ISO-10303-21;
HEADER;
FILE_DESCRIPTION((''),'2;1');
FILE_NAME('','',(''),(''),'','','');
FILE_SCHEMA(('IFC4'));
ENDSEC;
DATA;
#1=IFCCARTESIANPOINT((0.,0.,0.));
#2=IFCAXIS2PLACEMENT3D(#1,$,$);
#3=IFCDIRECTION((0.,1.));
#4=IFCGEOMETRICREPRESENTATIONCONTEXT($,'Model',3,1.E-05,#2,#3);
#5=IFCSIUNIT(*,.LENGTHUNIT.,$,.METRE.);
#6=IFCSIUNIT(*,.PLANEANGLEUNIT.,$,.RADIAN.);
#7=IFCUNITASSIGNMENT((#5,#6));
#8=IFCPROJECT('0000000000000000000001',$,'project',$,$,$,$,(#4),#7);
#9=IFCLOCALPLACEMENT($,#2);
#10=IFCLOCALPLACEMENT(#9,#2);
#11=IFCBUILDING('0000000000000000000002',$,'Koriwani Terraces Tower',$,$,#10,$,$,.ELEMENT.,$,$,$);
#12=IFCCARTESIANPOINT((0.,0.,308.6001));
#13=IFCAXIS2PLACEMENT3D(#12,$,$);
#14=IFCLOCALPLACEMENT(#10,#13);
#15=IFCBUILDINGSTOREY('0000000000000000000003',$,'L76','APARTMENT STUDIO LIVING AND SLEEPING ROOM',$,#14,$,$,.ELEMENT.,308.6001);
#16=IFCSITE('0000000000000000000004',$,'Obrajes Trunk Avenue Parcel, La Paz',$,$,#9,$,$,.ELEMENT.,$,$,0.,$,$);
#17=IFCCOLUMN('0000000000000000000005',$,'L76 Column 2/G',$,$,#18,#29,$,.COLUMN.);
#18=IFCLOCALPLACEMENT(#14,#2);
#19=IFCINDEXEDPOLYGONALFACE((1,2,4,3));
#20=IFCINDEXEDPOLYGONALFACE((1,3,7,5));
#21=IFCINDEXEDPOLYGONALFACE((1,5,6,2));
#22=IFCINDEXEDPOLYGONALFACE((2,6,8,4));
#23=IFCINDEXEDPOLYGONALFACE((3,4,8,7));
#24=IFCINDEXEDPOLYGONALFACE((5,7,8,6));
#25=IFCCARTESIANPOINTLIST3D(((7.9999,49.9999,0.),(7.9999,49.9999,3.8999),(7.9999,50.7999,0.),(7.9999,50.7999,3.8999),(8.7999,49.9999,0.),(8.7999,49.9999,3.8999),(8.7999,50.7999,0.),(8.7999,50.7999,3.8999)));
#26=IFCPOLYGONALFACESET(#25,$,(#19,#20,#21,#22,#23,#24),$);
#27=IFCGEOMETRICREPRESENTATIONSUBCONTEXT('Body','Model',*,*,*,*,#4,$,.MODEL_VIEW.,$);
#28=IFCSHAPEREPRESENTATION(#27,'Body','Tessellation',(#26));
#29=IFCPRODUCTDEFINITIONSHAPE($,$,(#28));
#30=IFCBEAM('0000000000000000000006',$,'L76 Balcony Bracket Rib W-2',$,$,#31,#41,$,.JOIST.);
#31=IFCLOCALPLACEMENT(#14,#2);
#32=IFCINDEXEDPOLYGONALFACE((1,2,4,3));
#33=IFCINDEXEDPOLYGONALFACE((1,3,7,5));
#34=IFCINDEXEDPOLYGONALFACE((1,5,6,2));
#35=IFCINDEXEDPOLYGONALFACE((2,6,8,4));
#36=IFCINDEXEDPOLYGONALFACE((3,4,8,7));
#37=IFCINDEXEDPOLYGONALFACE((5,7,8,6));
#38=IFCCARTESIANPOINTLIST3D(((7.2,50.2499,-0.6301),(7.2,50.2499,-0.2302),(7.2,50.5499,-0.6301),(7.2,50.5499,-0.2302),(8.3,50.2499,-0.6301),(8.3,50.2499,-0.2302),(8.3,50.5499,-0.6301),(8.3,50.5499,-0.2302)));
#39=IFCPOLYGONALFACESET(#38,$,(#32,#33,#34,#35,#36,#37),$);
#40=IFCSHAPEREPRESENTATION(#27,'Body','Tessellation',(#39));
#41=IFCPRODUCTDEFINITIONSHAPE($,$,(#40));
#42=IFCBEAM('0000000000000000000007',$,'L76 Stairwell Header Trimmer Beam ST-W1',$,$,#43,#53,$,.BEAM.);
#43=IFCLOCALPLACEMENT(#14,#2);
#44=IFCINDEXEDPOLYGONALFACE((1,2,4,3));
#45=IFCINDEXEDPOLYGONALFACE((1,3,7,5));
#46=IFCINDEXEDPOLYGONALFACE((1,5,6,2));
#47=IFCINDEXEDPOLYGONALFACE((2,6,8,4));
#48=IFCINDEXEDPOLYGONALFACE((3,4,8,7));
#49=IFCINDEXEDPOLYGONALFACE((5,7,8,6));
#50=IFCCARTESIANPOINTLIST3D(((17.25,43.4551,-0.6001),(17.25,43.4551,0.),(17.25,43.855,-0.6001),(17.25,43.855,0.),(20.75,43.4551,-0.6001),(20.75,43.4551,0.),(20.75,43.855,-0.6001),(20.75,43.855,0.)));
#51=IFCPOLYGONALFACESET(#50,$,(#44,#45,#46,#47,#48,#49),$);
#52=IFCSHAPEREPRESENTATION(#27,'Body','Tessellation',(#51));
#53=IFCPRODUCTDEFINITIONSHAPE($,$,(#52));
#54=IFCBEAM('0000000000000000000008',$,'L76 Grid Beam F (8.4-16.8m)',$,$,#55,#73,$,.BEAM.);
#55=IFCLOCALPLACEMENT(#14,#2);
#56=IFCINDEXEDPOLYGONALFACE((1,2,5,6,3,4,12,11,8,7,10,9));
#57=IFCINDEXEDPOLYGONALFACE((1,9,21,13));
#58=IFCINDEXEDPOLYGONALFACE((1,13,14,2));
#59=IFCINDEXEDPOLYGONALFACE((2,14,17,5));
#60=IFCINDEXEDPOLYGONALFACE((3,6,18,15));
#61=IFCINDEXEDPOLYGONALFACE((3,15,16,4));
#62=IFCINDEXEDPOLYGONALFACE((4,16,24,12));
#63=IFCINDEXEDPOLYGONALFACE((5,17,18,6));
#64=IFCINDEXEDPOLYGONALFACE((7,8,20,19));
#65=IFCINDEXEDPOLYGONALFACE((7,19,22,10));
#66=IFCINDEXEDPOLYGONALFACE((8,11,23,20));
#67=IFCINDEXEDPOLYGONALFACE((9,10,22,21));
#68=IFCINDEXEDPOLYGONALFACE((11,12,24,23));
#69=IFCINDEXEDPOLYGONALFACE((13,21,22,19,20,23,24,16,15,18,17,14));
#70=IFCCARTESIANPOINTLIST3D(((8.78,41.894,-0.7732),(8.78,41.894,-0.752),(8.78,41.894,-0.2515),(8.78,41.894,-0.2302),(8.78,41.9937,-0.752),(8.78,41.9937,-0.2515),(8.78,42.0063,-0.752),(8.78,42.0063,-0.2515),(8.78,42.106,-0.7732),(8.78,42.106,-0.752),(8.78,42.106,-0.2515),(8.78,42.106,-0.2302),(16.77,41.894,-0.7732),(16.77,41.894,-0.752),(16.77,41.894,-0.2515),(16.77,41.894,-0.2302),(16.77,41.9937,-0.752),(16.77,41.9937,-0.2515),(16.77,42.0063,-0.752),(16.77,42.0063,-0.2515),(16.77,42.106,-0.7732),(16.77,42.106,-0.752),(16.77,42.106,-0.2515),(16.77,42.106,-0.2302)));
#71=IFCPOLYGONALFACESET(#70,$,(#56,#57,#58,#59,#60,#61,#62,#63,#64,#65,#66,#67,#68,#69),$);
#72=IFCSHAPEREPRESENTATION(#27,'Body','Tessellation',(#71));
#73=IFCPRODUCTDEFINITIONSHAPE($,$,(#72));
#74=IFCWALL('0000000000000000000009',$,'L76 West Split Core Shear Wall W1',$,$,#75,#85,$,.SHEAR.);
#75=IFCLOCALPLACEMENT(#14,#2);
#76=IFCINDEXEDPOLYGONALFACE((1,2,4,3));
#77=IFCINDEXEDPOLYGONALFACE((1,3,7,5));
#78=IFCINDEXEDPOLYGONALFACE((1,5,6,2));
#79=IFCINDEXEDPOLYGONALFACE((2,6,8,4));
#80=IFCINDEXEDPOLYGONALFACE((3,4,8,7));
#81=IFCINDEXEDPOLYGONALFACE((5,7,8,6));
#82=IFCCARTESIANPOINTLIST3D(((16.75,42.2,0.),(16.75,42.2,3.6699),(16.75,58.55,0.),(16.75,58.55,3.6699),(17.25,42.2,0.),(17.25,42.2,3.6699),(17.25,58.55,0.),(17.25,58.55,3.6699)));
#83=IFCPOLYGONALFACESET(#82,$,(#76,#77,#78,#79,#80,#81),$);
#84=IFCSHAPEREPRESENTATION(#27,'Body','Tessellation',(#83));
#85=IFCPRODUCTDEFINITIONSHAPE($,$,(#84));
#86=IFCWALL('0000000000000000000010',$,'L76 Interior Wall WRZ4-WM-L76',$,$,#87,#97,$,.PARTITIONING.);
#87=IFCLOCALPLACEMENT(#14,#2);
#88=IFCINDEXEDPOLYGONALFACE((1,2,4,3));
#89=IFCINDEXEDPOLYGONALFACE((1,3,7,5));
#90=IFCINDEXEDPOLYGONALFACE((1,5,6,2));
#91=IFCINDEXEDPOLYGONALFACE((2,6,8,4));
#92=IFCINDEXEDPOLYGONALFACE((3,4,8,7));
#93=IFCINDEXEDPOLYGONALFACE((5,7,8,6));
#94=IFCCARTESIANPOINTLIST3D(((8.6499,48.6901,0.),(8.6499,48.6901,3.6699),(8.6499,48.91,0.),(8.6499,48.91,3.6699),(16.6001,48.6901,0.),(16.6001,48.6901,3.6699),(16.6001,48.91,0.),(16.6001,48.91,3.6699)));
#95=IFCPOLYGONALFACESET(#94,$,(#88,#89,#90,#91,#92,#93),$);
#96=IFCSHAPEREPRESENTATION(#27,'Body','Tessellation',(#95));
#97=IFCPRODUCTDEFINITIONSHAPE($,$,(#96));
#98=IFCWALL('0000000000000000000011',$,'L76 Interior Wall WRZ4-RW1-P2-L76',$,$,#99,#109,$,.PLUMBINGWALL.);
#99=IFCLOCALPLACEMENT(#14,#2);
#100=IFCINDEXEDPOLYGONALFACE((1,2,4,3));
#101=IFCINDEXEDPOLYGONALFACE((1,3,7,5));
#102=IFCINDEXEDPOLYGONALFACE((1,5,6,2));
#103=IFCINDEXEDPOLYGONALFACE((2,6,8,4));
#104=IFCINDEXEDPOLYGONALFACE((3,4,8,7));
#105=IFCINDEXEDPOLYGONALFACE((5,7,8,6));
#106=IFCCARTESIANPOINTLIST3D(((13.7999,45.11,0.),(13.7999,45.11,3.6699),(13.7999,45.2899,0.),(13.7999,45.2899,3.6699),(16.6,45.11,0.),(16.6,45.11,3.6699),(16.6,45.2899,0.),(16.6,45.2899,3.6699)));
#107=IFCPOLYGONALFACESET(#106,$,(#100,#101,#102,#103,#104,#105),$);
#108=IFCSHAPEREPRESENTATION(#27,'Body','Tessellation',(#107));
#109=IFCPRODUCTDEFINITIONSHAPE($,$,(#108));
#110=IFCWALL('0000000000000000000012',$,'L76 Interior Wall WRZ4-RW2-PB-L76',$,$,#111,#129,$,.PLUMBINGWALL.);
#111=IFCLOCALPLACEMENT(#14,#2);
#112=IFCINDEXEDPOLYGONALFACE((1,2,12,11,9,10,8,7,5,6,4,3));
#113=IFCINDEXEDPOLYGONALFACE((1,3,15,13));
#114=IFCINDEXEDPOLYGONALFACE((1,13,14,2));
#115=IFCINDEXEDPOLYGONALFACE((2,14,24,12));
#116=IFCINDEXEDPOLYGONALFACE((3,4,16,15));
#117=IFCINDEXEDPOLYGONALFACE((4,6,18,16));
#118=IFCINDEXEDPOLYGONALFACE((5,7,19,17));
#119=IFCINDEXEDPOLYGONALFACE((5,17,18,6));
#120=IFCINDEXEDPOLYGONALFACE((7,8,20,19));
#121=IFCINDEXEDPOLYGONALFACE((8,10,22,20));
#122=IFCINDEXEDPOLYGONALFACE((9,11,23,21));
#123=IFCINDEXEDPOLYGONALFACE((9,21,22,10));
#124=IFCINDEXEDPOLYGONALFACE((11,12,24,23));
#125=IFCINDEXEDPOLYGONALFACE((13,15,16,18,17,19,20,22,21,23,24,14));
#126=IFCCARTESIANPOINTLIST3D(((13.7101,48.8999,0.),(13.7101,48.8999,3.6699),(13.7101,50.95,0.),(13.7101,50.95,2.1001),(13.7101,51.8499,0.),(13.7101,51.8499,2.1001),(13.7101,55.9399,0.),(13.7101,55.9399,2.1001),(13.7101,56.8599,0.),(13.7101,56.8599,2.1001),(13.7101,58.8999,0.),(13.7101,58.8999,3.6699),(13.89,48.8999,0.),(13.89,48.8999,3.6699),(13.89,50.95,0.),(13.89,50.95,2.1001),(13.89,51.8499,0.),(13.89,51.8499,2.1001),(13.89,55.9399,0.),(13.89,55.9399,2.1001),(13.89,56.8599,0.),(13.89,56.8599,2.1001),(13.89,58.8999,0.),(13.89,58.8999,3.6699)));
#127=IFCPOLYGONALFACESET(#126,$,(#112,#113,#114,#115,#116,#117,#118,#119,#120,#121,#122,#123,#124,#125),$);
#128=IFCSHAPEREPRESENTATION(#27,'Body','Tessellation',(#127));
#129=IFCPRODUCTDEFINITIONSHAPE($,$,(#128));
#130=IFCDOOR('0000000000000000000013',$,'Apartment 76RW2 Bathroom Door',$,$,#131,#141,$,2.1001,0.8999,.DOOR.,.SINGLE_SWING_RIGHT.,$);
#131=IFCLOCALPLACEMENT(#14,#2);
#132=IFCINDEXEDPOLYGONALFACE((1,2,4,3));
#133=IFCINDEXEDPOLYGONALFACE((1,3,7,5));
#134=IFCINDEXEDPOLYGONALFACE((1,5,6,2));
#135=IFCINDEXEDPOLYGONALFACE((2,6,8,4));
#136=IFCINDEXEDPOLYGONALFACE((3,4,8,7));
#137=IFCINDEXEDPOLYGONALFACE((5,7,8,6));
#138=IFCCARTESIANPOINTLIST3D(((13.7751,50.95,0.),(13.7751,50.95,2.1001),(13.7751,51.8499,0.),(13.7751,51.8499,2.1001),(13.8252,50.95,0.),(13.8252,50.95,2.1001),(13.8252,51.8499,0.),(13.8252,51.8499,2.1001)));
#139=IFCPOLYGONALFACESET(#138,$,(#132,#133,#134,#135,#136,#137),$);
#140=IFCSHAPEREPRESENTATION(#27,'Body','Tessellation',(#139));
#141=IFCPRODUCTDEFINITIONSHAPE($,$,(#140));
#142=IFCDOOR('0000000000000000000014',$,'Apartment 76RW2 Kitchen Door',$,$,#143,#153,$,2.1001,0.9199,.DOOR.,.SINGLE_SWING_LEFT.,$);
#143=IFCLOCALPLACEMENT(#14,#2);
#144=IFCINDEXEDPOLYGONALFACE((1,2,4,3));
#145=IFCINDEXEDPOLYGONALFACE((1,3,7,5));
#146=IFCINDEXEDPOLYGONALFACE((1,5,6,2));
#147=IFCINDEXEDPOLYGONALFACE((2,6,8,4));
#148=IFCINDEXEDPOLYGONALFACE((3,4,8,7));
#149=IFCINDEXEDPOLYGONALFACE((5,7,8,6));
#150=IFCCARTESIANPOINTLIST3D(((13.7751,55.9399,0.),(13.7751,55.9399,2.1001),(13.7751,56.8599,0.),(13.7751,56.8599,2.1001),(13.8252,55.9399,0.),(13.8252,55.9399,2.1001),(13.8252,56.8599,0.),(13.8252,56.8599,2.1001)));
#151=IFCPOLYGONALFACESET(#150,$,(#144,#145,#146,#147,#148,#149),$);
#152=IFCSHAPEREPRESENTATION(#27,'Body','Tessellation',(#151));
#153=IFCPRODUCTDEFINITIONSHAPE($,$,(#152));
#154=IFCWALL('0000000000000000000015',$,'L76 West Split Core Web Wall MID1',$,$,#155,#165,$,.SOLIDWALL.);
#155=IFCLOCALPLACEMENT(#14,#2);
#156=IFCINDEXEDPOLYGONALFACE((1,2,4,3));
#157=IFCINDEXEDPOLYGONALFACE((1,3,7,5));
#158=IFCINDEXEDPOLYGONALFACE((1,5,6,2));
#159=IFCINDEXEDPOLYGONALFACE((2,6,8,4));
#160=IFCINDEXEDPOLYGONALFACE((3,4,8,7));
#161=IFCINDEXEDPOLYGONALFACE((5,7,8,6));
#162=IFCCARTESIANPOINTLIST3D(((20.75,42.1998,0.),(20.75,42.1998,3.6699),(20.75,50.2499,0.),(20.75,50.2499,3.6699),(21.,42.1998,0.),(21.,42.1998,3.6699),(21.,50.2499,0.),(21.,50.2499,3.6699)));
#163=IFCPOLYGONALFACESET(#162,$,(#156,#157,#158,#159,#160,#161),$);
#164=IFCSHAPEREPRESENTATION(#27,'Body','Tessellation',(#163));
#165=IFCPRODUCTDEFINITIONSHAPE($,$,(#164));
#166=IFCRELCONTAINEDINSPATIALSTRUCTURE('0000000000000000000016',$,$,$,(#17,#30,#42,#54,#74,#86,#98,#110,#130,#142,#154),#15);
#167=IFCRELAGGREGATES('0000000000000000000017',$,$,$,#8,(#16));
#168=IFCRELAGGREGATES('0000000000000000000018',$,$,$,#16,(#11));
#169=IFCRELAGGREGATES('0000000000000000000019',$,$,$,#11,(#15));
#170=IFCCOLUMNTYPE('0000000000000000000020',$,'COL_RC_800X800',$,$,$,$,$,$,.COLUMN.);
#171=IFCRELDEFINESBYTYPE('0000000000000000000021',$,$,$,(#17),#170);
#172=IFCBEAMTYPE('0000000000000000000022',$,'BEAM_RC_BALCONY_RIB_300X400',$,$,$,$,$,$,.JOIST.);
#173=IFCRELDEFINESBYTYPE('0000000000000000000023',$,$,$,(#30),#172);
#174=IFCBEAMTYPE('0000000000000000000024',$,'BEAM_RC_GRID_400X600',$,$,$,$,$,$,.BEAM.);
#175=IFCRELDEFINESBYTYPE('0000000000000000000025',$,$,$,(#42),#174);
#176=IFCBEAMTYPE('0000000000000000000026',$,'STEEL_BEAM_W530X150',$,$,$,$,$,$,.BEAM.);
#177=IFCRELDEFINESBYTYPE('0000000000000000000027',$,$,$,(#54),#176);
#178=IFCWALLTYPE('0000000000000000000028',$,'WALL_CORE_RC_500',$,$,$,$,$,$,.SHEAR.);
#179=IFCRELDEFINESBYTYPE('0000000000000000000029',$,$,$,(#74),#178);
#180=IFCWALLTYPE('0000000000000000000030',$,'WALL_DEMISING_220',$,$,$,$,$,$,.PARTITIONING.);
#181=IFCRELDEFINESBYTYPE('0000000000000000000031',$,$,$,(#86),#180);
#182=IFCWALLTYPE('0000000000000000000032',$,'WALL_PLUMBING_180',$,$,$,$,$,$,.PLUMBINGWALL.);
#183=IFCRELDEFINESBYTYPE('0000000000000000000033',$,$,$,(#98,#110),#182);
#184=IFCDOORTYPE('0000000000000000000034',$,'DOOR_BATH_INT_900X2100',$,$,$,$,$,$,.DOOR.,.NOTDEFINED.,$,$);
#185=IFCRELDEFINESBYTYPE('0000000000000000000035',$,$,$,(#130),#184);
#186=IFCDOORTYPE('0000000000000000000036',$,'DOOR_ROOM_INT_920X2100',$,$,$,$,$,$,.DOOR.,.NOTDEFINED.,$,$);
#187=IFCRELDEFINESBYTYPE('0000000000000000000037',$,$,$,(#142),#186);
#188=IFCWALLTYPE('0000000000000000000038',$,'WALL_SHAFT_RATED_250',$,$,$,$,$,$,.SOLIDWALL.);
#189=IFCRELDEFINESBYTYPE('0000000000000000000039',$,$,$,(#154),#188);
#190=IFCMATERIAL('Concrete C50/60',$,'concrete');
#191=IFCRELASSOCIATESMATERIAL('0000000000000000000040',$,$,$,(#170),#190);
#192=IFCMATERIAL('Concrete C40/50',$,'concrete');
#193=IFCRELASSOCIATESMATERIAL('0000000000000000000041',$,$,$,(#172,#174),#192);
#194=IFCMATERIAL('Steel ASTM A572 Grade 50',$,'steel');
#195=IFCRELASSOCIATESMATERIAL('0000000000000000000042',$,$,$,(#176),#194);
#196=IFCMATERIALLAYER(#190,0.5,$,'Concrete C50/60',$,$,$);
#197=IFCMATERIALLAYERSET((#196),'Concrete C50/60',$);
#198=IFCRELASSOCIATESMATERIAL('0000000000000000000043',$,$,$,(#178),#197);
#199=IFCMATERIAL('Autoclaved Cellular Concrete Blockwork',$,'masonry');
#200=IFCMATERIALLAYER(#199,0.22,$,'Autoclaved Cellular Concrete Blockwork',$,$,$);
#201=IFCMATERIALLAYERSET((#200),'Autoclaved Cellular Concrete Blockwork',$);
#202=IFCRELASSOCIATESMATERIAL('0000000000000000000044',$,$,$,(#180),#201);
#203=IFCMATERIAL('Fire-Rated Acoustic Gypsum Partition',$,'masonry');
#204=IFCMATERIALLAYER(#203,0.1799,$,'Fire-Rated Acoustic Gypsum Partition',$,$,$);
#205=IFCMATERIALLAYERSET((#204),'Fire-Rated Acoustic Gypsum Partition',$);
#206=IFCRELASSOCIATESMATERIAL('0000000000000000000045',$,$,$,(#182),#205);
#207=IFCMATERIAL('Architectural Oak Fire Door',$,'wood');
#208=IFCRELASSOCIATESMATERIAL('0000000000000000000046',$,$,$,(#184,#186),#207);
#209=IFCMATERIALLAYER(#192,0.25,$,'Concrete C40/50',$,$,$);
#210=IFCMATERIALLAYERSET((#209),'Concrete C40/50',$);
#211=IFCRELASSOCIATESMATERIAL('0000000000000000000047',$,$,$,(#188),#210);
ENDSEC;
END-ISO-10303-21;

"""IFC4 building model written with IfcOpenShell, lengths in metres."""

from ifc_helpers import new_model, si_unit, direction, frame, frame_2d, origin, origin_2d, place, context, subcontext, project, spatial, rectangle, i_section, extrude, material, layer, layer_set, material_profile, profile_set, type_object, element, fill, save


model = new_model("IFC4")

# Units and contexts
model_context = context("Model", 3, precision=1e-05, world=origin(), true_north=direction((0.0, 1.0)))
body_context = subcontext(model_context, "Body", "Model", "MODEL_VIEW")
ifc_project = project(units=[si_unit("LENGTHUNIT", "METRE"), si_unit("PLANEANGLEUNIT", "RADIAN")], contexts=[model_context])

# Site, building, storey
site_placement = place(None, origin())
site = spatial("IfcSite", under=ifc_project, at=site_placement, Name="Obrajes Trunk Avenue Parcel, La Paz", CompositionType="ELEMENT", RefElevation=0.0)
building_placement = place(site_placement, origin())
building = spatial("IfcBuilding", under=site, at=building_placement, Name="Koriwani Terraces Tower", CompositionType="ELEMENT")
storey_placement = place(building_placement, frame((0.0, 0.0, 308.6001)))
storey = spatial("IfcBuildingStorey", under=building, at=storey_placement, Name="L76", Description="APARTMENT STUDIO LIVING AND SLEEPING ROOM", CompositionType="ELEMENT", Elevation=308.6001)

# Column
ifc_material_1 = material(Name="Concrete C50/60", Category="concrete")
ifc_material_profile_1 = material_profile(ifc_material_1, rectangle(XDim=0.8, YDim=0.8, at=origin_2d()), Name="Concrete C50/60", Category="LoadBearing")
ifc_profile_set_1 = profile_set([ifc_material_profile_1], Name="Concrete C50/60")
column_type = type_object("IfcColumnType", Name="COL_RC_800X800", PredefinedType="COLUMN", material=ifc_profile_set_1)
column_placement = place(storey_placement, frame((8.3999, 50.3999, 0.0), z_axis=(0.0, 0.0, 1.0), x_axis=(1.0, 0.0, 0.0)))
element("IfcColumn", 1, at=column_placement, inside=storey, type_object=column_type, Name="L76 Column 2/G", PredefinedType="COLUMN", context=body_context, shape_type="SweptSolid", body=[
    extrude(rectangle(XDim=0.8, YDim=0.8, at=origin_2d()), origin(), (0.0, 0.0, 1.0), 3.8999),
])

# Beams
ifc_material_2 = material(Name="Concrete C40/50", Category="concrete")
ifc_material_profile_2 = material_profile(ifc_material_2, rectangle(XDim=0.3, YDim=0.3999, at=origin_2d()), Name="Concrete C40/50", Category="LoadBearing")
ifc_profile_set_2 = profile_set([ifc_material_profile_2], Name="Concrete C40/50")
beam_type_1 = type_object("IfcBeamType", Name="BEAM_RC_BALCONY_RIB_300X400", PredefinedType="JOIST", material=ifc_profile_set_2)
beam_1_placement = place(storey_placement, frame((7.2, 50.3999, -0.4302), z_axis=(1.0, 0.0, 0.0), x_axis=(0.0, 1.0, 0.0)))
element("IfcBeam", 2, at=beam_1_placement, inside=storey, type_object=beam_type_1, Name="L76 Balcony Bracket Rib W-2", PredefinedType="JOIST", context=body_context, shape_type="SweptSolid", body=[
    extrude(rectangle(XDim=0.3, YDim=0.3999, at=origin_2d()), origin(), (0.0, 0.0, 1.0), 1.1001),
])
ifc_material_profile_3 = material_profile(ifc_material_2, rectangle(XDim=0.3999, YDim=0.6001, at=origin_2d()), Name="Concrete C40/50", Category="LoadBearing")
ifc_profile_set_3 = profile_set([ifc_material_profile_3], Name="Concrete C40/50")
beam_type_2 = type_object("IfcBeamType", Name="BEAM_RC_GRID_400X600", PredefinedType="BEAM", material=ifc_profile_set_3)
beam_2_placement = place(storey_placement, frame((17.25, 43.655, -0.3), z_axis=(1.0, 0.0, 0.0), x_axis=(0.0, 1.0, 0.0)))
element("IfcBeam", 3, at=beam_2_placement, inside=storey, type_object=beam_type_2, Name="L76 Stairwell Header Trimmer Beam ST-W1", PredefinedType="BEAM", context=body_context, shape_type="SweptSolid", body=[
    extrude(rectangle(XDim=0.3999, YDim=0.6001, at=origin_2d()), origin(), (0.0, 0.0, 1.0), 3.5),
])
ifc_material_3 = material(Name="Steel ASTM A572 Grade 50", Category="steel")
ifc_material_profile_4 = material_profile(ifc_material_3, i_section(OverallWidth=0.2119, OverallDepth=0.543, WebThickness=0.0127, FlangeThickness=0.0212, at=origin_2d()), Name="Steel ASTM A572 Grade 50", Category="LoadBearing")
ifc_profile_set_4 = profile_set([ifc_material_profile_4], Name="Steel ASTM A572 Grade 50")
beam_type_3 = type_object("IfcBeamType", Name="STEEL_BEAM_W530X150", PredefinedType="BEAM", material=ifc_profile_set_4)
beam_3_placement = place(storey_placement, frame((8.78, 42.0, -0.5017), z_axis=(1.0, 0.0, 0.0), x_axis=(0.0, 1.0, 0.0)))
element("IfcBeam", 4, at=beam_3_placement, inside=storey, type_object=beam_type_3, Name="L76 Grid Beam F (8.4-16.8m)", PredefinedType="BEAM", context=body_context, shape_type="SweptSolid", body=[
    extrude(i_section(OverallWidth=0.2119, OverallDepth=0.543, WebThickness=0.0127, FlangeThickness=0.0212, at=origin_2d()), origin(), (0.0, 0.0, 1.0), 7.99),
])

# Walls
ifc_layer_1 = layer(ifc_material_1, 0.5, Name="Concrete C50/60")
ifc_layer_set_1 = layer_set([ifc_layer_1], Name="Concrete C50/60")
wall_type_1 = type_object("IfcWallType", Name="WALL_CORE_RC_500", PredefinedType="SHEAR", material=ifc_layer_set_1)
wall_1_placement = place(storey_placement, frame((17.0, 42.2, 0.0), z_axis=(0.0, 0.0, 1.0), x_axis=(0.0, 1.0, 0.0)))
element("IfcWall", 5, at=wall_1_placement, inside=storey, type_object=wall_type_1, Name="L76 West Split Core Shear Wall W1", PredefinedType="SHEAR", context=body_context, shape_type="SweptSolid", body=[
    extrude(rectangle(XDim=16.3501, YDim=0.5, at=frame_2d((8.175, 0.0))), origin(), (0.0, 0.0, 1.0), 3.6699),
])
ifc_material_4 = material(Name="Autoclaved Cellular Concrete Blockwork", Category="masonry")
ifc_layer_2 = layer(ifc_material_4, 0.22, Name="Autoclaved Cellular Concrete Blockwork")
ifc_layer_set_2 = layer_set([ifc_layer_2], Name="Autoclaved Cellular Concrete Blockwork")
wall_type_2 = type_object("IfcWallType", Name="WALL_DEMISING_220", PredefinedType="PARTITIONING", material=ifc_layer_set_2)
wall_2_placement = place(storey_placement, frame((8.6499, 48.8, 0.0), z_axis=(0.0, 0.0, 1.0), x_axis=(1.0, 0.0, 0.0)))
element("IfcWall", 6, at=wall_2_placement, inside=storey, type_object=wall_type_2, Name="L76 Interior Wall WRZ4-WM-L76", PredefinedType="PARTITIONING", context=body_context, shape_type="SweptSolid", body=[
    extrude(rectangle(XDim=7.9502, YDim=0.22, at=frame_2d((3.9751, 0.0))), origin(), (0.0, 0.0, 1.0), 3.6699),
])
ifc_material_5 = material(Name="Fire-Rated Acoustic Gypsum Partition", Category="masonry")
ifc_layer_3 = layer(ifc_material_5, 0.1799, Name="Fire-Rated Acoustic Gypsum Partition")
ifc_layer_set_3 = layer_set([ifc_layer_3], Name="Fire-Rated Acoustic Gypsum Partition")
wall_type_3 = type_object("IfcWallType", Name="WALL_PLUMBING_180", PredefinedType="PLUMBINGWALL", material=ifc_layer_set_3)
wall_3_placement = place(storey_placement, frame((13.8, 45.2, 0.0), z_axis=(0.0, 0.0, 1.0), x_axis=(1.0, 0.0, 0.0)))
element("IfcWall", 7, at=wall_3_placement, inside=storey, type_object=wall_type_3, Name="L76 Interior Wall WRZ4-RW1-P2-L76", PredefinedType="PLUMBINGWALL", context=body_context, shape_type="SweptSolid", body=[
    extrude(rectangle(XDim=2.8, YDim=0.1799, at=frame_2d((1.3999, 0.0))), origin(), (0.0, 0.0, 1.0), 3.6699),
])

# Wall, openings, doors
wall_4_placement = place(storey_placement, frame((13.8, 48.8999, 0.0), z_axis=(0.0, 0.0, 1.0), x_axis=(0.0, 1.0, 0.0)))
wall_4 = element("IfcWall", 8, at=wall_4_placement, inside=storey, type_object=wall_type_3, Name="L76 Interior Wall WRZ4-RW2-PB-L76", PredefinedType="PLUMBINGWALL", context=body_context, shape_type="SweptSolid", body=[
    extrude(rectangle(XDim=10.0, YDim=0.1799, at=frame_2d((5.0, 0.0))), origin(), (0.0, 0.0, 1.0), 3.6699),
])
opening_1_placement = place(wall_4_placement, frame((2.05, 0.0, 0.0)))
opening_1 = element("IfcOpeningElement", 9, at=opening_1_placement, cuts=wall_4, PredefinedType="OPENING", context=body_context, shape_type="SweptSolid", body=[
    extrude(rectangle(XDim=0.8999, YDim=2.1001, at=frame_2d((0.45, 1.05))), frame((0.0, 0.1001, 0.0), z_axis=(0.0, -1.0, 0.0), x_axis=(1.0, 0.0, 0.0)), (0.0, 0.0, 1.0), 0.2),
])
opening_2_placement = place(wall_4_placement, frame((7.04, 0.0, 0.0)))
opening_2 = element("IfcOpeningElement", 10, at=opening_2_placement, cuts=wall_4, PredefinedType="OPENING", context=body_context, shape_type="SweptSolid", body=[
    extrude(rectangle(XDim=0.9199, YDim=2.1001, at=frame_2d((0.46, 1.05))), frame((0.0, 0.1001, 0.0), z_axis=(0.0, -1.0, 0.0), x_axis=(1.0, 0.0, 0.0)), (0.0, 0.0, 1.0), 0.2),
])
ifc_material_6 = material(Name="Architectural Oak Fire Door", Category="wood")
door_type_1 = type_object("IfcDoorType", Name="DOOR_BATH_INT_900X2100", OperationType="NOTDEFINED", PredefinedType="DOOR", material=ifc_material_6)
door_1_placement = place(opening_1_placement, origin())
door_1 = element("IfcDoor", 11, at=door_1_placement, inside=storey, type_object=door_type_1, Name="Apartment 76RW2 Bathroom Door", OperationType="SINGLE_SWING_RIGHT", OverallHeight=2.1001, OverallWidth=0.8999, PredefinedType="DOOR", context=body_context, shape_type="SweptSolid", body=[
    extrude(rectangle(XDim=0.8999, YDim=2.1001, at=frame_2d((0.45, 1.05))), frame((0.0, 0.0249, 0.0), z_axis=(0.0, -1.0, 0.0), x_axis=(1.0, 0.0, 0.0)), (0.0, 0.0, 1.0), 0.05),
])
fill(opening_1, door_1)
door_type_2 = type_object("IfcDoorType", Name="DOOR_ROOM_INT_920X2100", OperationType="NOTDEFINED", PredefinedType="DOOR", material=ifc_material_6)
door_2_placement = place(opening_2_placement, origin())
door_2 = element("IfcDoor", 12, at=door_2_placement, inside=storey, type_object=door_type_2, Name="Apartment 76RW2 Kitchen Door", OperationType="SINGLE_SWING_LEFT", OverallHeight=2.1001, OverallWidth=0.9199, PredefinedType="DOOR", context=body_context, shape_type="SweptSolid", body=[
    extrude(rectangle(XDim=0.9199, YDim=2.1001, at=frame_2d((0.46, 1.05))), frame((0.0, 0.0249, 0.0), z_axis=(0.0, -1.0, 0.0), x_axis=(1.0, 0.0, 0.0)), (0.0, 0.0, 1.0), 0.05),
])
fill(opening_2, door_2)

# Wall
ifc_layer_4 = layer(ifc_material_2, 0.25, Name="Concrete C40/50")
ifc_layer_set_4 = layer_set([ifc_layer_4], Name="Concrete C40/50")
wall_type_4 = type_object("IfcWallType", Name="WALL_SHAFT_RATED_250", PredefinedType="SOLIDWALL", material=ifc_layer_set_4)
wall_5_placement = place(storey_placement, frame((20.875, 42.2, 0.0), z_axis=(0.0, 0.0, 1.0), x_axis=(0.0, 1.0, 0.0)))
element("IfcWall", 13, at=wall_5_placement, inside=storey, type_object=wall_type_4, Name="L76 West Split Core Web Wall MID1", PredefinedType="SOLIDWALL", context=body_context, shape_type="SweptSolid", body=[
    extrude(rectangle(XDim=8.05, YDim=0.25, at=frame_2d((4.0249, 0.0))), origin(), (0.0, 0.0, 1.0), 3.6699),
])

save(model, "model.ifc")
